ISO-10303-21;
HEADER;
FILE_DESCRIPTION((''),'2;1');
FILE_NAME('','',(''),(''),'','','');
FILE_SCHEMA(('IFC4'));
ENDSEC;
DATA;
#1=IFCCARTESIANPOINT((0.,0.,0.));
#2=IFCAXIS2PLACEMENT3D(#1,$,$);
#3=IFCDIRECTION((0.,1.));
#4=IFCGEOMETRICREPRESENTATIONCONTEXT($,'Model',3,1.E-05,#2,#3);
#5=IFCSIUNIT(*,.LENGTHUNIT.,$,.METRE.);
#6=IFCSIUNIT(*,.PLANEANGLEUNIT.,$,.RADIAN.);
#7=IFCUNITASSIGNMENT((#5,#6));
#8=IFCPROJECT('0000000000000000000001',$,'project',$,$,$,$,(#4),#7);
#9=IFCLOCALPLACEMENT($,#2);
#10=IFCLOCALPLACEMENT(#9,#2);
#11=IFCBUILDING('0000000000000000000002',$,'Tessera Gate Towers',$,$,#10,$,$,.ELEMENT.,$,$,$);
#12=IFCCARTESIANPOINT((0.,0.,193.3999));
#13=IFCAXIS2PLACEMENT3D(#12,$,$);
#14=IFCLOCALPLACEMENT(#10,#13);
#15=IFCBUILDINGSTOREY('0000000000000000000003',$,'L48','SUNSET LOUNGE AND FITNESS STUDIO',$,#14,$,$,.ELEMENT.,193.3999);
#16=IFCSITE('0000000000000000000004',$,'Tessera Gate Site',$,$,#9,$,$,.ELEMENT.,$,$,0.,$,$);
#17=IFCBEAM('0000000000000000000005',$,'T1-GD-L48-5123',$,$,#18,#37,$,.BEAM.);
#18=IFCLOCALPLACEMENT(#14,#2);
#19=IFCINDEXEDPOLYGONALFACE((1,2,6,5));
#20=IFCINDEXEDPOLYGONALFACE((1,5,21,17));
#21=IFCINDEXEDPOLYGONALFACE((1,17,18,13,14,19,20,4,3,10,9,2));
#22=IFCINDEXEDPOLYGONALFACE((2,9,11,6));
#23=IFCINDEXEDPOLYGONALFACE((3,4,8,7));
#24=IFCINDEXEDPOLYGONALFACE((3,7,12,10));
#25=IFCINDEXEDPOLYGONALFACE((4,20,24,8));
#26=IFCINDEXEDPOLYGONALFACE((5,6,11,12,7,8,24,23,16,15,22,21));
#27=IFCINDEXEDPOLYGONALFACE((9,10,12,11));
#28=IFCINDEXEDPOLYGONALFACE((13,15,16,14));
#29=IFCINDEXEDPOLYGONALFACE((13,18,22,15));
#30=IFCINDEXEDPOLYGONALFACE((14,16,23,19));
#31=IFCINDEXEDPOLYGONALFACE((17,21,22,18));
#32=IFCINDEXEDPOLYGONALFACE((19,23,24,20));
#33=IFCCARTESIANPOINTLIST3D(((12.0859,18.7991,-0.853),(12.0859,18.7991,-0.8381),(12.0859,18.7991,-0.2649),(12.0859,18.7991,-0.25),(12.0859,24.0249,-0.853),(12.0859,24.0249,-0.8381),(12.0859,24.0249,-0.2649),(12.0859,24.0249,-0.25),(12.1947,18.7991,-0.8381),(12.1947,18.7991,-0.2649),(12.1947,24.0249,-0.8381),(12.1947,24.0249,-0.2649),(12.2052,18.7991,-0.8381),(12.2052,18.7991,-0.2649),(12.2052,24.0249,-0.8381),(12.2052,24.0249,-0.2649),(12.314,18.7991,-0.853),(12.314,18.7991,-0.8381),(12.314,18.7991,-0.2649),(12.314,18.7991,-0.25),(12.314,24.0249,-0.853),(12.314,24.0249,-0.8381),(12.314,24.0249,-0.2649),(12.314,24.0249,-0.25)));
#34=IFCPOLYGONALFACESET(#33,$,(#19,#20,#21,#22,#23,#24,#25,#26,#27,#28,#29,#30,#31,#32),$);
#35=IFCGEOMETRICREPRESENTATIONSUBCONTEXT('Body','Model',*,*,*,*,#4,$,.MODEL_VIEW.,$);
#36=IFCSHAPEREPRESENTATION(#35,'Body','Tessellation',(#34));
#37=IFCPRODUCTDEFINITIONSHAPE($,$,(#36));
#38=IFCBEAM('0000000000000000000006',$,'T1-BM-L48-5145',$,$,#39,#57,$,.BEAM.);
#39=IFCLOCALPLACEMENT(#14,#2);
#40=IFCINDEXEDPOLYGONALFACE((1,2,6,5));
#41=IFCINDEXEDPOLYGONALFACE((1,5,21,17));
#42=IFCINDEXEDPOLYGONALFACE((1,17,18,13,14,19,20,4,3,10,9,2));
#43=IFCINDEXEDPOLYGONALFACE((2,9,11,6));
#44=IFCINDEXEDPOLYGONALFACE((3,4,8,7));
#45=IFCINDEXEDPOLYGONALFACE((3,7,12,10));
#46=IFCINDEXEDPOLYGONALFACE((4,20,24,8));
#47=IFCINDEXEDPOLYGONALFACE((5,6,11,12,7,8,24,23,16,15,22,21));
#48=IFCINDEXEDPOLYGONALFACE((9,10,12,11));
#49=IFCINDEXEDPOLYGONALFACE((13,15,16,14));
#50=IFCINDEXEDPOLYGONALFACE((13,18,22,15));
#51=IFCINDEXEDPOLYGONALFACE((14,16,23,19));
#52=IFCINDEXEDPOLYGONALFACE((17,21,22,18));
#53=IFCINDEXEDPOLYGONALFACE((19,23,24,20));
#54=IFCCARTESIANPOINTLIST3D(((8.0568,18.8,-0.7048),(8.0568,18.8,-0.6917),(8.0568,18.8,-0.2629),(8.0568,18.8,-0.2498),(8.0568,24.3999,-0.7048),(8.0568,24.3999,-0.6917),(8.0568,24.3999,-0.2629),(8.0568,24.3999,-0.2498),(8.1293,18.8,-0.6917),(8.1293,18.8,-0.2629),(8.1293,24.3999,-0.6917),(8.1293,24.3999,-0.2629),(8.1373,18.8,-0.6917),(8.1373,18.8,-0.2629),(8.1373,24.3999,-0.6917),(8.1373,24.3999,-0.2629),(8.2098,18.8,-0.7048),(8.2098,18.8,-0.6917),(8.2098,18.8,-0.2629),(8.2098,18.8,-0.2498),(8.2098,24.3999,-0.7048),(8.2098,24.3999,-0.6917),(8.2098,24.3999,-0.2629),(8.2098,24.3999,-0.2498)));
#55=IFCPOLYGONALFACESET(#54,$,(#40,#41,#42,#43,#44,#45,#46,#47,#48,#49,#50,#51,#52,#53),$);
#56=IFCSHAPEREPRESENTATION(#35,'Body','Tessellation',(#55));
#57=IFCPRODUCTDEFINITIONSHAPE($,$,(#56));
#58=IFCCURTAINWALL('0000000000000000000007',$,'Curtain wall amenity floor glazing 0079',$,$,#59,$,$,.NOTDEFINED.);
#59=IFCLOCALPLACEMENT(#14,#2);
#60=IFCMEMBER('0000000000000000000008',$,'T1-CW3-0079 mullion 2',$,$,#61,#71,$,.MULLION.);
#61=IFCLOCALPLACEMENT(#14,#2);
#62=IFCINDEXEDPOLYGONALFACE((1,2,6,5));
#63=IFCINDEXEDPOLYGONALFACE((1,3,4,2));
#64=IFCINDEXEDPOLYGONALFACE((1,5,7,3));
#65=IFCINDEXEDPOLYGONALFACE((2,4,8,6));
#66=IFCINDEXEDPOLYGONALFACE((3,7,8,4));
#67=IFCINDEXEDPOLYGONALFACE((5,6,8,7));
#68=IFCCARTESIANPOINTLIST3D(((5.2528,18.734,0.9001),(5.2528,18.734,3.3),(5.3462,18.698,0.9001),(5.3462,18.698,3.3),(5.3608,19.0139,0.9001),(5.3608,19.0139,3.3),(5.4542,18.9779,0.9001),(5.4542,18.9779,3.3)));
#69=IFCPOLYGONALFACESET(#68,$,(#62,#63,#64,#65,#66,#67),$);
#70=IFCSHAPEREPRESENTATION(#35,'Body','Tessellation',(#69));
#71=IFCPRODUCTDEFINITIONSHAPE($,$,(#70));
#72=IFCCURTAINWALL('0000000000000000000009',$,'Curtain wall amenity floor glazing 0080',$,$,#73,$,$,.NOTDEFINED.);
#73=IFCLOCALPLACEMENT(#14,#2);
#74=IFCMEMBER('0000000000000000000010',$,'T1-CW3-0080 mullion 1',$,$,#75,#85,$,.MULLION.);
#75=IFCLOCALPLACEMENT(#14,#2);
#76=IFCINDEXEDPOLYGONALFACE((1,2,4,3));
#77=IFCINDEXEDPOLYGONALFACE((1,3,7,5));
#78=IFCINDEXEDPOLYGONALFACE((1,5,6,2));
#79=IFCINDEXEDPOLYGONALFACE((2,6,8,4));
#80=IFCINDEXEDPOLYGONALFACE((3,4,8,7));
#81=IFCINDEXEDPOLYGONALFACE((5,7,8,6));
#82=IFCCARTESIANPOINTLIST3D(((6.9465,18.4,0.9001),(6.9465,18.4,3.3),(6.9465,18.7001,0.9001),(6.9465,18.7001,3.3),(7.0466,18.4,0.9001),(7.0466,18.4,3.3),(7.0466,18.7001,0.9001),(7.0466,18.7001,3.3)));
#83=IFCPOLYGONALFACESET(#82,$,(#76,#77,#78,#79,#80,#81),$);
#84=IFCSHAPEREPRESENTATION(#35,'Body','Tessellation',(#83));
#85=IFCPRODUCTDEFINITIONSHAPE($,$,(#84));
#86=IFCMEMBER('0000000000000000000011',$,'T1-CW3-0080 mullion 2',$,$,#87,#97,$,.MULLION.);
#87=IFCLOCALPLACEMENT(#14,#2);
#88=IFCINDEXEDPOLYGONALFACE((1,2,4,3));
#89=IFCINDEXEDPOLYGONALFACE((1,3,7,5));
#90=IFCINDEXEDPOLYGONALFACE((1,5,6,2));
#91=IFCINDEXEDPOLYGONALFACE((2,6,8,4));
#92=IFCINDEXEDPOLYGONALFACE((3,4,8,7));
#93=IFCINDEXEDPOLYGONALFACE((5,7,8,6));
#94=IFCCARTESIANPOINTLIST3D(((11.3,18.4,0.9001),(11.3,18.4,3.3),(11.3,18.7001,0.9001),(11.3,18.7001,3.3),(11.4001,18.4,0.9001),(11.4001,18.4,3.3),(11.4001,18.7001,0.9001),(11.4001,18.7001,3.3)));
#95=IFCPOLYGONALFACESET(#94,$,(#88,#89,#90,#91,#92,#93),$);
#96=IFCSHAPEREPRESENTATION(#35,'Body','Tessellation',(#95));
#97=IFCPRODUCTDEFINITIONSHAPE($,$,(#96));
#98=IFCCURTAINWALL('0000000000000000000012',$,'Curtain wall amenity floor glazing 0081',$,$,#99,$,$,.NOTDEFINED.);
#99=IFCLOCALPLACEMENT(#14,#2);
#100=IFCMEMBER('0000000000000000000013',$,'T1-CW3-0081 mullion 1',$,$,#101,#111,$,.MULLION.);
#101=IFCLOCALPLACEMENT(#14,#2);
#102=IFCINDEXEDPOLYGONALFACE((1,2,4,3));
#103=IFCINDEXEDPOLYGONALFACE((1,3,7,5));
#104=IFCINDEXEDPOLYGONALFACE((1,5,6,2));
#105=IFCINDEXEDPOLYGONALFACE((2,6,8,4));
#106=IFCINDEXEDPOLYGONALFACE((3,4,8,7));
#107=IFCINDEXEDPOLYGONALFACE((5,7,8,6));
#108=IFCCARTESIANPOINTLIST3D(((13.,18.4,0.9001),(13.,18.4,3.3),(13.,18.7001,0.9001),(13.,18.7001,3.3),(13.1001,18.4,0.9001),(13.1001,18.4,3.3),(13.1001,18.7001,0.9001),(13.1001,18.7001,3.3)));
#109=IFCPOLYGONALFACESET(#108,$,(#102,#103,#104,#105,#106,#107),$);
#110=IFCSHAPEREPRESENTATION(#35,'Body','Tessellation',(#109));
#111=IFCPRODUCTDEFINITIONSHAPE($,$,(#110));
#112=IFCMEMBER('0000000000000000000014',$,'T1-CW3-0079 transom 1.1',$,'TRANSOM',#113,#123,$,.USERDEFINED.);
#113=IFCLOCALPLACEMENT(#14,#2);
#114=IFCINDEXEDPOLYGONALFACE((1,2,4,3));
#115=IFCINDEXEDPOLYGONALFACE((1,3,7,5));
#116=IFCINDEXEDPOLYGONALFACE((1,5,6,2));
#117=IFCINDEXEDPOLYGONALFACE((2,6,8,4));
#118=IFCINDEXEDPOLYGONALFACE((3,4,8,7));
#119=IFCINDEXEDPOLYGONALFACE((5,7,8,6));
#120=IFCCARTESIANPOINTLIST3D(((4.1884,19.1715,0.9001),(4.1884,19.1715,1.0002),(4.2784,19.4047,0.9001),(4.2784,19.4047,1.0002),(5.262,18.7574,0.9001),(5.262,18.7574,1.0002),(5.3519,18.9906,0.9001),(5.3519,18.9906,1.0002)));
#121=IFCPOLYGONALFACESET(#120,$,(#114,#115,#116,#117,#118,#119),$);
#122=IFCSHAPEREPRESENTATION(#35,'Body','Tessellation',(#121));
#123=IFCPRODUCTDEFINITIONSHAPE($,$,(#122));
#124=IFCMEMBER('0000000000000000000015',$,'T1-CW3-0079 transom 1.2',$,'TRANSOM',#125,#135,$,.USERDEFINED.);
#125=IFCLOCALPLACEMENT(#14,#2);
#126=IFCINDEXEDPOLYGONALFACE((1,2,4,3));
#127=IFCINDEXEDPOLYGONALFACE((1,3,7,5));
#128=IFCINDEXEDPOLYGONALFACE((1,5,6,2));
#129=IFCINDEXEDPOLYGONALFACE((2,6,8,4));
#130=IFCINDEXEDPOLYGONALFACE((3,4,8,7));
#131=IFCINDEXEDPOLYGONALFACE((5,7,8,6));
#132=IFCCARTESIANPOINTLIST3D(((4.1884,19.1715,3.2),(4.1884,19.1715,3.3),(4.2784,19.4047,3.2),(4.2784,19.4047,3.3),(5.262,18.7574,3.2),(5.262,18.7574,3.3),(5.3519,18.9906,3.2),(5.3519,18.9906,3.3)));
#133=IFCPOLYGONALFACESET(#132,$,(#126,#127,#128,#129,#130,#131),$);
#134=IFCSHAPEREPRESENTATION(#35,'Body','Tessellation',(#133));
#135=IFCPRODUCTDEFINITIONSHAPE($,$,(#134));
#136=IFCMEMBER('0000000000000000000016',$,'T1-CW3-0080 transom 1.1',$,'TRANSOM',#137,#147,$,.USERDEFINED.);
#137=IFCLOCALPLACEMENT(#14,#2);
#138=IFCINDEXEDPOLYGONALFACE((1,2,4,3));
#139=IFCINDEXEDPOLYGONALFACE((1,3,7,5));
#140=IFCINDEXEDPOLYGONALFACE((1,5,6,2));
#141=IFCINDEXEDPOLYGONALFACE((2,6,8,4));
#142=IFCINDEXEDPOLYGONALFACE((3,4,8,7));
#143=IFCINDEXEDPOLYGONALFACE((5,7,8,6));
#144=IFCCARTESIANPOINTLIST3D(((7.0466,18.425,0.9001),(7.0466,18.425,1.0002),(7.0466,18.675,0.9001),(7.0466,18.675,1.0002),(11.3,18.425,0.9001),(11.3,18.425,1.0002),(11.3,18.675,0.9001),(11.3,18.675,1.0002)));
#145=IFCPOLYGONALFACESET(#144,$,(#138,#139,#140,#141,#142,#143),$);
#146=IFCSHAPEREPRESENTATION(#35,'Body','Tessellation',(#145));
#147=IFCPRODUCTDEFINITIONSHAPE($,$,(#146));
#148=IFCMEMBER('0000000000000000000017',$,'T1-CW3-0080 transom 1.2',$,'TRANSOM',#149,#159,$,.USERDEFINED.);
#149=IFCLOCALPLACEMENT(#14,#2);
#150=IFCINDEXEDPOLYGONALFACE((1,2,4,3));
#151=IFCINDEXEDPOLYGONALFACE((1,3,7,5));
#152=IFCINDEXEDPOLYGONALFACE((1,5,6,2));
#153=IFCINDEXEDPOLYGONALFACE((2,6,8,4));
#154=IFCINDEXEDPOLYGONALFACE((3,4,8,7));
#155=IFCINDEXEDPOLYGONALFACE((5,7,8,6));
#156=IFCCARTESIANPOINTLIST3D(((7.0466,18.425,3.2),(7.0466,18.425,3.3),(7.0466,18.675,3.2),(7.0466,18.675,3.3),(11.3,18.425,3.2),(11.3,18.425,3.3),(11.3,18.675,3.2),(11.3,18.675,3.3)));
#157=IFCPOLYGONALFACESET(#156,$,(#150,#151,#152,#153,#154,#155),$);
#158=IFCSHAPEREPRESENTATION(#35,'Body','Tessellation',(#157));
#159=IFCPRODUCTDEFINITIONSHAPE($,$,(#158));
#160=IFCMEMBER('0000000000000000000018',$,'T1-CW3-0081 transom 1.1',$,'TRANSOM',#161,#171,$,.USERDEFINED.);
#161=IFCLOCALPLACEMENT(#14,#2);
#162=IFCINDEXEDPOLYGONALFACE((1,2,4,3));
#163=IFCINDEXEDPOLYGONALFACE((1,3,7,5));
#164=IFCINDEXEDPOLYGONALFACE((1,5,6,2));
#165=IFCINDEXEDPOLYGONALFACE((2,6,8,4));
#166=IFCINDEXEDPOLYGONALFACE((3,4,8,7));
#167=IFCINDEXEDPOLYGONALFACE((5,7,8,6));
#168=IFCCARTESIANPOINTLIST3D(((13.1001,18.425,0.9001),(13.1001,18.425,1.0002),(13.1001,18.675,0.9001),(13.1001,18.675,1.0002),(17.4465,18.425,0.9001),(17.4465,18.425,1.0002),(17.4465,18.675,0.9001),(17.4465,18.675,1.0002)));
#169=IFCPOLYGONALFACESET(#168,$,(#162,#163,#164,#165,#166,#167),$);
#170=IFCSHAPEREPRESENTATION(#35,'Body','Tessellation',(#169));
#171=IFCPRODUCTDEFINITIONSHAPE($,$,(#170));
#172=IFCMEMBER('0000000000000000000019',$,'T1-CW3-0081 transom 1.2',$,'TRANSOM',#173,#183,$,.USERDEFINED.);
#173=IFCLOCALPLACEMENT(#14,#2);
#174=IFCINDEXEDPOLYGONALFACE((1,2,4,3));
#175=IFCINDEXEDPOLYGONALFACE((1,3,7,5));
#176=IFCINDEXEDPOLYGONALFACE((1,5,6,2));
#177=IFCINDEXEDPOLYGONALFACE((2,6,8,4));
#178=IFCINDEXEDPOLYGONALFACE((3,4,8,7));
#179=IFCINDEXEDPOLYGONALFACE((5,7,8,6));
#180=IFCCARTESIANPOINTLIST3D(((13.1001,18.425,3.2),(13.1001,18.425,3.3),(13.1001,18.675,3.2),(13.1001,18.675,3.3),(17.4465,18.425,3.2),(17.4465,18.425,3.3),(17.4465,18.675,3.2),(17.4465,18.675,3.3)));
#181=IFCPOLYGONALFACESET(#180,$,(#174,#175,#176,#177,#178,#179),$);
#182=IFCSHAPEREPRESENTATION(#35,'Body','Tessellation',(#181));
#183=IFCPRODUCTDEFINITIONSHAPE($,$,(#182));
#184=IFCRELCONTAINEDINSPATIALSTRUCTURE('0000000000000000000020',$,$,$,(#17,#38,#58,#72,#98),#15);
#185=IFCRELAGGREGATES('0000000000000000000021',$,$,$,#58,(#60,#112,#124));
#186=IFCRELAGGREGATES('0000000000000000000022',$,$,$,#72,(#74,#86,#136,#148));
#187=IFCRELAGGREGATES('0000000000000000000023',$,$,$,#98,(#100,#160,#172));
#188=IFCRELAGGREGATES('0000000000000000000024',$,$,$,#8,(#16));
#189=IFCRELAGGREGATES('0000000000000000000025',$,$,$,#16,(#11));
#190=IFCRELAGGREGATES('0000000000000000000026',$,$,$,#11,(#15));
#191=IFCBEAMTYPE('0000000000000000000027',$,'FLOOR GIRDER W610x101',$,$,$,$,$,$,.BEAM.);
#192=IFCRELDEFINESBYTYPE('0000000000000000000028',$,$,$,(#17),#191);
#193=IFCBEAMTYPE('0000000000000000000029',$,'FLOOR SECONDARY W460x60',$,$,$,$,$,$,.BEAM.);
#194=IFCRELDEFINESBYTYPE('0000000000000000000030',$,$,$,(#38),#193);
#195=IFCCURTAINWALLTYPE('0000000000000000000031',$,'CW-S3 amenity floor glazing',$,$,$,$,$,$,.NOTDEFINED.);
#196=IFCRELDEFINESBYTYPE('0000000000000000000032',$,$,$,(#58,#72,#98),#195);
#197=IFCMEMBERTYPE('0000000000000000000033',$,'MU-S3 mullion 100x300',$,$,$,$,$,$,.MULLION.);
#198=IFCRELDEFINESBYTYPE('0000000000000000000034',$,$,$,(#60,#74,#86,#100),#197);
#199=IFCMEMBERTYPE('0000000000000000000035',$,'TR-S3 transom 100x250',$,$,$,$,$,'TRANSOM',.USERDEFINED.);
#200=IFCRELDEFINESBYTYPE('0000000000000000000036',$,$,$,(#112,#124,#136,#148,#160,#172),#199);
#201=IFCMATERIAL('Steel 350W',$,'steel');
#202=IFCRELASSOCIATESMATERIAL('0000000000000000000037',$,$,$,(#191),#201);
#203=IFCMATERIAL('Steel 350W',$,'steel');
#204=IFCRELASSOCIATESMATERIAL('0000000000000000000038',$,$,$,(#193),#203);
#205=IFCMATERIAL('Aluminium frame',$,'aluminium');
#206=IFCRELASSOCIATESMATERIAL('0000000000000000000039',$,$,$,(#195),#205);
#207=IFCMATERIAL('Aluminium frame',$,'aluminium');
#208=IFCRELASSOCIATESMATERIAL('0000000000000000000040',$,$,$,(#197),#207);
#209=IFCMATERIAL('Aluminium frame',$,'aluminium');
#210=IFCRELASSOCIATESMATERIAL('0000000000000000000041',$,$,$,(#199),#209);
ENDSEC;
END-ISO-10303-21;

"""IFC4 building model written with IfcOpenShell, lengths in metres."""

from ifc_helpers import new_model, si_unit, direction, frame, origin, origin_2d, place, context, subcontext, project, spatial, rectangle, i_section, extrude, material, material_profile, profile_set, type_object, element, aggregate, save


model = new_model("IFC4")

# Units and contexts
model_context = context("Model", 3, precision=1e-05, world=origin(), true_north=direction((0.0, 1.0)))
body_context = subcontext(model_context, "Body", "Model", "MODEL_VIEW")
ifc_project = project(units=[si_unit("LENGTHUNIT", "METRE"), si_unit("PLANEANGLEUNIT", "RADIAN")], contexts=[model_context])

# Site, building, storey
site_placement = place(None, origin())
site = spatial("IfcSite", under=ifc_project, at=site_placement, Name="Tessera Gate Site", CompositionType="ELEMENT", RefElevation=0.0)
building_placement = place(site_placement, origin())
building = spatial("IfcBuilding", under=site, at=building_placement, Name="Tessera Gate Towers", CompositionType="ELEMENT")
storey_placement = place(building_placement, frame((0.0, 0.0, 193.3999)))
storey = spatial("IfcBuildingStorey", under=building, at=storey_placement, Name="L48", Description="SUNSET LOUNGE AND FITNESS STUDIO", CompositionType="ELEMENT", Elevation=193.3999)

# Beams
ifc_material_1 = material(Name="Steel 350W", Category="steel")
ifc_material_profile_1 = material_profile(ifc_material_1, i_section(OverallWidth=0.228, OverallDepth=0.603, WebThickness=0.0105, FlangeThickness=0.0149, at=origin_2d()), Name="W610x101")
ifc_profile_set_1 = profile_set([ifc_material_profile_1], Name="Steel 350W")
beam_type_1 = type_object("IfcBeamType", Name="FLOOR GIRDER W610x101", PredefinedType="BEAM", material=ifc_profile_set_1)
beam_1_placement = place(storey_placement, frame((12.2, 18.7991, -0.5515), z_axis=(0.0, 1.0, 0.0), x_axis=(-1.0, 0.0, 0.0)))
element("IfcBeam", 1, at=beam_1_placement, inside=storey, type_object=beam_type_1, Name="T1-GD-L48-5123", PredefinedType="BEAM", context=body_context, shape_type="SweptSolid", body=[
    extrude(i_section(OverallWidth=0.228, OverallDepth=0.603, WebThickness=0.0105, FlangeThickness=0.0149, at=origin_2d()), origin(), (0.0, 0.0, 1.0), 5.2258),
])
ifc_material_2 = material(Name="Steel 350W", Category="steel")
ifc_material_profile_2 = material_profile(ifc_material_2, i_section(OverallWidth=0.1531, OverallDepth=0.4551, WebThickness=0.0081, FlangeThickness=0.0132, at=origin_2d()), Name="W460x60")
ifc_profile_set_2 = profile_set([ifc_material_profile_2], Name="Steel 350W")
beam_type_2 = type_object("IfcBeamType", Name="FLOOR SECONDARY W460x60", PredefinedType="BEAM", material=ifc_profile_set_2)
beam_2_placement = place(storey_placement, frame((8.1333, 18.8, -0.4773), z_axis=(0.0, 1.0, 0.0), x_axis=(-1.0, 0.0, 0.0)))
element("IfcBeam", 2, at=beam_2_placement, inside=storey, type_object=beam_type_2, Name="T1-BM-L48-5145", PredefinedType="BEAM", context=body_context, shape_type="SweptSolid", body=[
    extrude(i_section(OverallWidth=0.1531, OverallDepth=0.4551, WebThickness=0.0081, FlangeThickness=0.0132, at=origin_2d()), origin(), (0.0, 0.0, 1.0), 5.5999),
])

# Curtain wall, member
ifc_material_3 = material(Name="Aluminium frame", Category="aluminium")
curtain_wall_type = type_object("IfcCurtainWallType", Name="CW-S3 amenity floor glazing", PredefinedType="NOTDEFINED", material=ifc_material_3)
curtain_wall_1_placement = place(storey_placement, origin())
curtain_wall_1 = element("IfcCurtainWall", 3, at=curtain_wall_1_placement, inside=storey, type_object=curtain_wall_type, Name="Curtain wall amenity floor glazing 0079", PredefinedType="NOTDEFINED")
ifc_material_4 = material(Name="Aluminium frame", Category="aluminium")
ifc_material_profile_3 = material_profile(ifc_material_4, rectangle(XDim=0.1001, YDim=0.3, at=origin_2d()), Name="AL 100x300")
ifc_profile_set_3 = profile_set([ifc_material_profile_3], Name="Aluminium frame")
member_type_1 = type_object("IfcMemberType", Name="MU-S3 mullion 100x300", PredefinedType="MULLION", material=ifc_profile_set_3)
member_1_placement = place(storey_placement, frame((5.3535, 18.856, 0.9001), z_axis=(0.0, 0.0, 1.0), x_axis=(0.932989, -0.359904, 0.0)))
member_1 = element("IfcMember", 4, at=member_1_placement, type_object=member_type_1, Name="T1-CW3-0079 mullion 2", PredefinedType="MULLION", context=body_context, shape_type="SweptSolid", body=[
    extrude(rectangle(XDim=0.1001, YDim=0.3, at=origin_2d()), origin(), (0.0, 0.0, 1.0), 2.3999),
])

# Curtain wall, members
curtain_wall_2_placement = place(storey_placement, origin())
curtain_wall_2 = element("IfcCurtainWall", 5, at=curtain_wall_2_placement, inside=storey, type_object=curtain_wall_type, Name="Curtain wall amenity floor glazing 0080", PredefinedType="NOTDEFINED")
member_2_placement = place(storey_placement, frame((6.9966, 18.55, 0.9001), z_axis=(0.0, 0.0, 1.0), x_axis=(1.0, 0.0, 0.0)))
member_2 = element("IfcMember", 6, at=member_2_placement, type_object=member_type_1, Name="T1-CW3-0080 mullion 1", PredefinedType="MULLION", context=body_context, shape_type="SweptSolid", body=[
    extrude(rectangle(XDim=0.1001, YDim=0.3, at=origin_2d()), origin(), (0.0, 0.0, 1.0), 2.3999),
])
member_3_placement = place(storey_placement, frame((11.3501, 18.55, 0.9001), z_axis=(0.0, 0.0, 1.0), x_axis=(1.0, 0.0, 0.0)))
member_3 = element("IfcMember", 7, at=member_3_placement, type_object=member_type_1, Name="T1-CW3-0080 mullion 2", PredefinedType="MULLION", context=body_context, shape_type="SweptSolid", body=[
    extrude(rectangle(XDim=0.1001, YDim=0.3, at=origin_2d()), origin(), (0.0, 0.0, 1.0), 2.3999),
])

# Curtain wall, member
curtain_wall_3_placement = place(storey_placement, origin())
curtain_wall_3 = element("IfcCurtainWall", 8, at=curtain_wall_3_placement, inside=storey, type_object=curtain_wall_type, Name="Curtain wall amenity floor glazing 0081", PredefinedType="NOTDEFINED")
member_4_placement = place(storey_placement, frame((13.05, 18.55, 0.9001), z_axis=(0.0, 0.0, 1.0), x_axis=(1.0, 0.0, 0.0)))
member_4 = element("IfcMember", 9, at=member_4_placement, type_object=member_type_1, Name="T1-CW3-0081 mullion 1", PredefinedType="MULLION", context=body_context, shape_type="SweptSolid", body=[
    extrude(rectangle(XDim=0.1001, YDim=0.3, at=origin_2d()), origin(), (0.0, 0.0, 1.0), 2.3999),
])

# Members
ifc_material_5 = material(Name="Aluminium frame", Category="aluminium")
ifc_material_profile_4 = material_profile(ifc_material_5, rectangle(XDim=0.25, YDim=0.1001, at=origin_2d()), Name="AL 100x250")
ifc_profile_set_4 = profile_set([ifc_material_profile_4], Name="Aluminium frame")
member_type_2 = type_object("IfcMemberType", Name="TR-S3 transom 100x250", ElementType="TRANSOM", PredefinedType="USERDEFINED", material=ifc_profile_set_4)
member_5_placement = place(storey_placement, frame((4.2334, 19.2881, 0.9502), z_axis=(0.933001, -0.359875, 0.0), x_axis=(0.359875, 0.933001, 0.0)))
member_5 = element("IfcMember", 10, at=member_5_placement, type_object=member_type_2, Name="T1-CW3-0079 transom 1.1", ObjectType="TRANSOM", PredefinedType="USERDEFINED", context=body_context, shape_type="SweptSolid", body=[
    extrude(rectangle(XDim=0.25, YDim=0.1001, at=origin_2d()), origin(), (0.0, 0.0, 1.0), 1.1506),
])
member_6_placement = place(storey_placement, frame((4.2334, 19.2881, 3.25), z_axis=(0.933001, -0.359875, 0.0), x_axis=(0.359875, 0.933001, 0.0)))
member_6 = element("IfcMember", 11, at=member_6_placement, type_object=member_type_2, Name="T1-CW3-0079 transom 1.2", ObjectType="TRANSOM", PredefinedType="USERDEFINED", context=body_context, shape_type="SweptSolid", body=[
    extrude(rectangle(XDim=0.25, YDim=0.1001, at=origin_2d()), origin(), (0.0, 0.0, 1.0), 1.1506),
])
member_7_placement = place(storey_placement, frame((7.0466, 18.55, 0.9502), z_axis=(1.0, 0.0, 0.0), x_axis=(0.0, 1.0, 0.0)))
member_7 = element("IfcMember", 12, at=member_7_placement, type_object=member_type_2, Name="T1-CW3-0080 transom 1.1", ObjectType="TRANSOM", PredefinedType="USERDEFINED", context=body_context, shape_type="SweptSolid", body=[
    extrude(rectangle(XDim=0.25, YDim=0.1001, at=origin_2d()), origin(), (0.0, 0.0, 1.0), 4.2534),
])
member_8_placement = place(storey_placement, frame((7.0466, 18.55, 3.25), z_axis=(1.0, 0.0, 0.0), x_axis=(0.0, 1.0, 0.0)))
member_8 = element("IfcMember", 13, at=member_8_placement, type_object=member_type_2, Name="T1-CW3-0080 transom 1.2", ObjectType="TRANSOM", PredefinedType="USERDEFINED", context=body_context, shape_type="SweptSolid", body=[
    extrude(rectangle(XDim=0.25, YDim=0.1001, at=origin_2d()), origin(), (0.0, 0.0, 1.0), 4.2534),
])
member_9_placement = place(storey_placement, frame((13.1001, 18.55, 0.9502), z_axis=(1.0, 0.0, 0.0), x_axis=(0.0, 1.0, 0.0)))
member_9 = element("IfcMember", 14, at=member_9_placement, type_object=member_type_2, Name="T1-CW3-0081 transom 1.1", ObjectType="TRANSOM", PredefinedType="USERDEFINED", context=body_context, shape_type="SweptSolid", body=[
    extrude(rectangle(XDim=0.25, YDim=0.1001, at=origin_2d()), origin(), (0.0, 0.0, 1.0), 4.3464),
])
member_10_placement = place(storey_placement, frame((13.1001, 18.55, 3.25), z_axis=(1.0, 0.0, 0.0), x_axis=(0.0, 1.0, 0.0)))
member_10 = element("IfcMember", 15, at=member_10_placement, type_object=member_type_2, Name="T1-CW3-0081 transom 1.2", ObjectType="TRANSOM", PredefinedType="USERDEFINED", context=body_context, shape_type="SweptSolid", body=[
    extrude(rectangle(XDim=0.25, YDim=0.1001, at=origin_2d()), origin(), (0.0, 0.0, 1.0), 4.3464),
])

aggregate(curtain_wall_1, [member_1, member_5, member_6])
aggregate(curtain_wall_2, [member_2, member_3, member_7, member_8])
aggregate(curtain_wall_3, [member_4, member_9, member_10])

save(model, "model.ifc")
